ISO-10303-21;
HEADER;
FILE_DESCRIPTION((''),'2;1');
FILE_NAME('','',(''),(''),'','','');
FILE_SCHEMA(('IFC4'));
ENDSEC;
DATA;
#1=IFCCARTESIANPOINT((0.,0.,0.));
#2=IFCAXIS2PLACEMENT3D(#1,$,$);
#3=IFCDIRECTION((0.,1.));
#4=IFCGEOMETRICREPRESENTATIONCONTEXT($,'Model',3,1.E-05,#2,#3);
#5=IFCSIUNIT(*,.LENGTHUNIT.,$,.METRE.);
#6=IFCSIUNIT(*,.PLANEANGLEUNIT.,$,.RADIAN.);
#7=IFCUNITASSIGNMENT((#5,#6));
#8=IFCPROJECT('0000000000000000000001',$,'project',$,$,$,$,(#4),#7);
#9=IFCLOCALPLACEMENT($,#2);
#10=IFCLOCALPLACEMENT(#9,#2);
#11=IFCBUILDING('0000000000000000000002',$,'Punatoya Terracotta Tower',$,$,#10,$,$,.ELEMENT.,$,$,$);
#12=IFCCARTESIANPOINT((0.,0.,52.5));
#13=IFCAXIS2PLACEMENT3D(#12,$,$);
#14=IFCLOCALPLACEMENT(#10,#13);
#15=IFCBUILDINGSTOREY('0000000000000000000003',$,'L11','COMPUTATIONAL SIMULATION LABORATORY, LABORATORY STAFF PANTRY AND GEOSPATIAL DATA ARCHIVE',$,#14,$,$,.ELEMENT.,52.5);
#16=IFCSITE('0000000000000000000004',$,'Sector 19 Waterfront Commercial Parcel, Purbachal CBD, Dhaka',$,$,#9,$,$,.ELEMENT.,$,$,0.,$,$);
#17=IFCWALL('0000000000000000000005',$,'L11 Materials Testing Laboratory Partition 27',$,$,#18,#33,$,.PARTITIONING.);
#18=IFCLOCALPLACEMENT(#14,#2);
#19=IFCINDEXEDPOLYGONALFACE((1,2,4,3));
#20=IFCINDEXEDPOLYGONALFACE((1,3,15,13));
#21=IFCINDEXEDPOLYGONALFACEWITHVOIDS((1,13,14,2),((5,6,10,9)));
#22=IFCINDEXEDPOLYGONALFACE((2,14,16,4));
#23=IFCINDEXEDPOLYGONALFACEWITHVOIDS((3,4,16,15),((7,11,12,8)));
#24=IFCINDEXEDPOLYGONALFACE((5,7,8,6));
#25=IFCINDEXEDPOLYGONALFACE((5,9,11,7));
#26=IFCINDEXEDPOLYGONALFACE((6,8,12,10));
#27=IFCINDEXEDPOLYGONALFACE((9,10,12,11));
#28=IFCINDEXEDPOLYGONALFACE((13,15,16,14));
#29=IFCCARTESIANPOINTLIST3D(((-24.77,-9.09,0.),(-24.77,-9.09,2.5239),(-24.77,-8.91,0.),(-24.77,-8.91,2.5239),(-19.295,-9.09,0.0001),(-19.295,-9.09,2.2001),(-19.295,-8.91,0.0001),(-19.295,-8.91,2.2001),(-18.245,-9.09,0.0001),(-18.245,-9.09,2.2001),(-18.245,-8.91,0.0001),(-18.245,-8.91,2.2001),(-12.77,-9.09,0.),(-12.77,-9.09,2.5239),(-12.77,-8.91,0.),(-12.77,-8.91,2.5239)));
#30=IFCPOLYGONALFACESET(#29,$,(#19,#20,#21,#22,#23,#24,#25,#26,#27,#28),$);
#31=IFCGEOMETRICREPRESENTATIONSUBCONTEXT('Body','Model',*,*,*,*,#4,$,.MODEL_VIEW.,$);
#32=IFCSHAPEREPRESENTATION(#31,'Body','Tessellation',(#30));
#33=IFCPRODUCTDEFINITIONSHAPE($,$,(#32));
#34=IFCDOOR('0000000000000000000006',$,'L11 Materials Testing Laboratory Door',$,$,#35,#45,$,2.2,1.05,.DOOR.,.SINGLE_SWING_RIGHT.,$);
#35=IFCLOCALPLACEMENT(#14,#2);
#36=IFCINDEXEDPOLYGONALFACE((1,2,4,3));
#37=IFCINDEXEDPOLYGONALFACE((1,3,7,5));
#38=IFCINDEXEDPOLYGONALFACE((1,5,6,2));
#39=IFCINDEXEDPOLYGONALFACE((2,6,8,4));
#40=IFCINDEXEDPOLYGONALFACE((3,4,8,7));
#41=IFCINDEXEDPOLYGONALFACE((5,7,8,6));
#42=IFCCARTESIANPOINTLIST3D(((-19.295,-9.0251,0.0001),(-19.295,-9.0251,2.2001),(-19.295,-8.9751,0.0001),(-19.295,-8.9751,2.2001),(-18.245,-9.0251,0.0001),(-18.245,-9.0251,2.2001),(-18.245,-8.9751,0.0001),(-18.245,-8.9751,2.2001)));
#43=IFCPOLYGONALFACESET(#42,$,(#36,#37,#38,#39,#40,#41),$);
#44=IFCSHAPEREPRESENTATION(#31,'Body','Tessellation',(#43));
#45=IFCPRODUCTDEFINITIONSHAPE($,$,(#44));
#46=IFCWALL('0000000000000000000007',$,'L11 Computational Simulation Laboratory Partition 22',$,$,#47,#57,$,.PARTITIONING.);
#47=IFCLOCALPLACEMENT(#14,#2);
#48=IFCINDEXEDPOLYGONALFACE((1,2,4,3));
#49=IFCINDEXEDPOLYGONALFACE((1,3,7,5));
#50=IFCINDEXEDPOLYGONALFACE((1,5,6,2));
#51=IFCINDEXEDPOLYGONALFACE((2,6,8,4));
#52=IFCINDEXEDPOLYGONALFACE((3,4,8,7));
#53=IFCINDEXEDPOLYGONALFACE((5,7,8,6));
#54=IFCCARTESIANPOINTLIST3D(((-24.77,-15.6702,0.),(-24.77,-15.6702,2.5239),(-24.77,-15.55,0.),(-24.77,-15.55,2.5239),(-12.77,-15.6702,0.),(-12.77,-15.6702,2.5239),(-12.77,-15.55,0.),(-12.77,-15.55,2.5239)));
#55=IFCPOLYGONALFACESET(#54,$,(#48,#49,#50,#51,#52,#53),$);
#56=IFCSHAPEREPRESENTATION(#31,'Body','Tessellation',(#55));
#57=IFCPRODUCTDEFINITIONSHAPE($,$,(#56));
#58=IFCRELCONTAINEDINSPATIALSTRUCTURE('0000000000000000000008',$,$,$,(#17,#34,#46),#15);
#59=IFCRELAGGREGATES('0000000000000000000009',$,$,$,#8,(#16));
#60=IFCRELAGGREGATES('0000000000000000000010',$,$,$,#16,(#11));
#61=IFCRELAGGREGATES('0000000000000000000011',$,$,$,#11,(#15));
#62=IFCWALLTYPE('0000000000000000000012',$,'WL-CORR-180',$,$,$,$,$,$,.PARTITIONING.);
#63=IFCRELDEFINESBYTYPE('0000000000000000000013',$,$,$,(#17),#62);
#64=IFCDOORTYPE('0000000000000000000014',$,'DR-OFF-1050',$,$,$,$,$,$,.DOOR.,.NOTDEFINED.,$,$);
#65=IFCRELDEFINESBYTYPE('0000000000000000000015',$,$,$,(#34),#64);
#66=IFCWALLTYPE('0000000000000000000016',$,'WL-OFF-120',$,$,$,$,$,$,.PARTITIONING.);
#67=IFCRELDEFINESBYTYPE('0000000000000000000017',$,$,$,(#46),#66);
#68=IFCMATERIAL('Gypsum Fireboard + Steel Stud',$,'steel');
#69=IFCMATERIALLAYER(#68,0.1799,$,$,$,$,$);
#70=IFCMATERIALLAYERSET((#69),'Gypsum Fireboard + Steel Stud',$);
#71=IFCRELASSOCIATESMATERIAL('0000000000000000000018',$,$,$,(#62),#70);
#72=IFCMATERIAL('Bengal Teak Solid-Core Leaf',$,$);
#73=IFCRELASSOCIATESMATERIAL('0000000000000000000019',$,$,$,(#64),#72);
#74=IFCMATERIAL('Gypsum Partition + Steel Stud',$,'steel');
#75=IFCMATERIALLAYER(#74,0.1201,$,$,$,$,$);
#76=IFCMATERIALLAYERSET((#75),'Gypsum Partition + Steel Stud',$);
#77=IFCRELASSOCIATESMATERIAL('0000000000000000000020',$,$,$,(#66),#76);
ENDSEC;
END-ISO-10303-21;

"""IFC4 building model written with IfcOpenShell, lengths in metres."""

from ifc_helpers import new_model, si_unit, direction, frame, frame_2d, origin, place, context, subcontext, project, spatial, rectangle, extrude, material, layer, layer_set, type_object, element, fill, save


model = new_model("IFC4")

# Units and contexts
model_context = context("Model", 3, precision=1e-05, world=origin(), true_north=direction((0.0, 1.0)))
body_context = subcontext(model_context, "Body", "Model", "MODEL_VIEW")
ifc_project = project(units=[si_unit("LENGTHUNIT", "METRE"), si_unit("PLANEANGLEUNIT", "RADIAN")], contexts=[model_context])

# Site, building, storey
site_placement = place(None, origin())
site = spatial("IfcSite", under=ifc_project, at=site_placement, Name="Sector 19 Waterfront Commercial Parcel, Purbachal CBD, Dhaka", CompositionType="ELEMENT", RefElevation=0.0)
building_placement = place(site_placement, origin())
building = spatial("IfcBuilding", under=site, at=building_placement, Name="Punatoya Terracotta Tower", CompositionType="ELEMENT")
storey_placement = place(building_placement, frame((0.0, 0.0, 52.5)))
storey = spatial("IfcBuildingStorey", under=building, at=storey_placement, Name="L11", Description="COMPUTATIONAL SIMULATION LABORATORY, LABORATORY STAFF PANTRY AND GEOSPATIAL DATA ARCHIVE", CompositionType="ELEMENT", Elevation=52.5)

# Wall, opening, door
ifc_material_1 = material(Name="Gypsum Fireboard + Steel Stud", Category="steel")
ifc_layer_1 = layer(ifc_material_1, 0.1799)
ifc_layer_set_1 = layer_set([ifc_layer_1], Name="Gypsum Fireboard + Steel Stud")
wall_type_1 = type_object("IfcWallType", Name="WL-CORR-180", PredefinedType="PARTITIONING", material=ifc_layer_set_1)
wall_1_placement = place(storey_placement, frame((-24.77, -9.0, 0.0), z_axis=(0.0, 0.0, 1.0), x_axis=(1.0, 0.0, 0.0)))
wall_1 = element("IfcWall", 1, at=wall_1_placement, inside=storey, type_object=wall_type_1, Name="L11 Materials Testing Laboratory Partition 27", PredefinedType="PARTITIONING", context=body_context, shape_type="SweptSolid", body=[
    extrude(rectangle(XDim=12.0, YDim=0.1799, at=frame_2d((6.0, 0.0))), origin(), (0.0, 0.0, 1.0), 2.5239),
])
opening_placement = place(wall_1_placement, frame((5.4751, 0.0, 0.0)))
opening = element("IfcOpeningElement", 2, at=opening_placement, cuts=wall_1, PredefinedType="OPENING", context=body_context, shape_type="SweptSolid", body=[
    extrude(rectangle(XDim=1.05, YDim=2.2, at=frame_2d((0.5249, 1.1001))), frame((0.0, 0.0999, 0.0), z_axis=(0.0, -1.0, 0.0), x_axis=(1.0, 0.0, 0.0)), (0.0, 0.0, 1.0), 0.2),
])
ifc_material_2 = material(Name="Bengal Teak Solid-Core Leaf")
door_type = type_object("IfcDoorType", Name="DR-OFF-1050", OperationType="NOTDEFINED", PredefinedType="DOOR", material=ifc_material_2)
door_placement = place(opening_placement, origin())
door = element("IfcDoor", 3, at=door_placement, inside=storey, type_object=door_type, Name="L11 Materials Testing Laboratory Door", OperationType="SINGLE_SWING_RIGHT", OverallHeight=2.2, OverallWidth=1.05, PredefinedType="DOOR", context=body_context, shape_type="SweptSolid", body=[
    extrude(rectangle(XDim=1.05, YDim=2.2, at=frame_2d((0.5249, 1.1001))), frame((0.0, 0.0249, 0.0), z_axis=(0.0, -1.0, 0.0), x_axis=(1.0, 0.0, 0.0)), (0.0, 0.0, 1.0), 0.05),
])
fill(opening, door)

# Wall
ifc_material_3 = material(Name="Gypsum Partition + Steel Stud", Category="steel")
ifc_layer_2 = layer(ifc_material_3, 0.1201)
ifc_layer_set_2 = layer_set([ifc_layer_2], Name="Gypsum Partition + Steel Stud")
wall_type_2 = type_object("IfcWallType", Name="WL-OFF-120", PredefinedType="PARTITIONING", material=ifc_layer_set_2)
wall_2_placement = place(storey_placement, frame((-24.77, -15.6101, 0.0), z_axis=(0.0, 0.0, 1.0), x_axis=(1.0, 0.0, 0.0)))
element("IfcWall", 4, at=wall_2_placement, inside=storey, type_object=wall_type_2, Name="L11 Computational Simulation Laboratory Partition 22", PredefinedType="PARTITIONING", context=body_context, shape_type="SweptSolid", body=[
    extrude(rectangle(XDim=12.0, YDim=0.1201, at=frame_2d((6.0, 0.0))), origin(), (0.0, 0.0, 1.0), 2.5239),
])

save(model, "model.ifc")
